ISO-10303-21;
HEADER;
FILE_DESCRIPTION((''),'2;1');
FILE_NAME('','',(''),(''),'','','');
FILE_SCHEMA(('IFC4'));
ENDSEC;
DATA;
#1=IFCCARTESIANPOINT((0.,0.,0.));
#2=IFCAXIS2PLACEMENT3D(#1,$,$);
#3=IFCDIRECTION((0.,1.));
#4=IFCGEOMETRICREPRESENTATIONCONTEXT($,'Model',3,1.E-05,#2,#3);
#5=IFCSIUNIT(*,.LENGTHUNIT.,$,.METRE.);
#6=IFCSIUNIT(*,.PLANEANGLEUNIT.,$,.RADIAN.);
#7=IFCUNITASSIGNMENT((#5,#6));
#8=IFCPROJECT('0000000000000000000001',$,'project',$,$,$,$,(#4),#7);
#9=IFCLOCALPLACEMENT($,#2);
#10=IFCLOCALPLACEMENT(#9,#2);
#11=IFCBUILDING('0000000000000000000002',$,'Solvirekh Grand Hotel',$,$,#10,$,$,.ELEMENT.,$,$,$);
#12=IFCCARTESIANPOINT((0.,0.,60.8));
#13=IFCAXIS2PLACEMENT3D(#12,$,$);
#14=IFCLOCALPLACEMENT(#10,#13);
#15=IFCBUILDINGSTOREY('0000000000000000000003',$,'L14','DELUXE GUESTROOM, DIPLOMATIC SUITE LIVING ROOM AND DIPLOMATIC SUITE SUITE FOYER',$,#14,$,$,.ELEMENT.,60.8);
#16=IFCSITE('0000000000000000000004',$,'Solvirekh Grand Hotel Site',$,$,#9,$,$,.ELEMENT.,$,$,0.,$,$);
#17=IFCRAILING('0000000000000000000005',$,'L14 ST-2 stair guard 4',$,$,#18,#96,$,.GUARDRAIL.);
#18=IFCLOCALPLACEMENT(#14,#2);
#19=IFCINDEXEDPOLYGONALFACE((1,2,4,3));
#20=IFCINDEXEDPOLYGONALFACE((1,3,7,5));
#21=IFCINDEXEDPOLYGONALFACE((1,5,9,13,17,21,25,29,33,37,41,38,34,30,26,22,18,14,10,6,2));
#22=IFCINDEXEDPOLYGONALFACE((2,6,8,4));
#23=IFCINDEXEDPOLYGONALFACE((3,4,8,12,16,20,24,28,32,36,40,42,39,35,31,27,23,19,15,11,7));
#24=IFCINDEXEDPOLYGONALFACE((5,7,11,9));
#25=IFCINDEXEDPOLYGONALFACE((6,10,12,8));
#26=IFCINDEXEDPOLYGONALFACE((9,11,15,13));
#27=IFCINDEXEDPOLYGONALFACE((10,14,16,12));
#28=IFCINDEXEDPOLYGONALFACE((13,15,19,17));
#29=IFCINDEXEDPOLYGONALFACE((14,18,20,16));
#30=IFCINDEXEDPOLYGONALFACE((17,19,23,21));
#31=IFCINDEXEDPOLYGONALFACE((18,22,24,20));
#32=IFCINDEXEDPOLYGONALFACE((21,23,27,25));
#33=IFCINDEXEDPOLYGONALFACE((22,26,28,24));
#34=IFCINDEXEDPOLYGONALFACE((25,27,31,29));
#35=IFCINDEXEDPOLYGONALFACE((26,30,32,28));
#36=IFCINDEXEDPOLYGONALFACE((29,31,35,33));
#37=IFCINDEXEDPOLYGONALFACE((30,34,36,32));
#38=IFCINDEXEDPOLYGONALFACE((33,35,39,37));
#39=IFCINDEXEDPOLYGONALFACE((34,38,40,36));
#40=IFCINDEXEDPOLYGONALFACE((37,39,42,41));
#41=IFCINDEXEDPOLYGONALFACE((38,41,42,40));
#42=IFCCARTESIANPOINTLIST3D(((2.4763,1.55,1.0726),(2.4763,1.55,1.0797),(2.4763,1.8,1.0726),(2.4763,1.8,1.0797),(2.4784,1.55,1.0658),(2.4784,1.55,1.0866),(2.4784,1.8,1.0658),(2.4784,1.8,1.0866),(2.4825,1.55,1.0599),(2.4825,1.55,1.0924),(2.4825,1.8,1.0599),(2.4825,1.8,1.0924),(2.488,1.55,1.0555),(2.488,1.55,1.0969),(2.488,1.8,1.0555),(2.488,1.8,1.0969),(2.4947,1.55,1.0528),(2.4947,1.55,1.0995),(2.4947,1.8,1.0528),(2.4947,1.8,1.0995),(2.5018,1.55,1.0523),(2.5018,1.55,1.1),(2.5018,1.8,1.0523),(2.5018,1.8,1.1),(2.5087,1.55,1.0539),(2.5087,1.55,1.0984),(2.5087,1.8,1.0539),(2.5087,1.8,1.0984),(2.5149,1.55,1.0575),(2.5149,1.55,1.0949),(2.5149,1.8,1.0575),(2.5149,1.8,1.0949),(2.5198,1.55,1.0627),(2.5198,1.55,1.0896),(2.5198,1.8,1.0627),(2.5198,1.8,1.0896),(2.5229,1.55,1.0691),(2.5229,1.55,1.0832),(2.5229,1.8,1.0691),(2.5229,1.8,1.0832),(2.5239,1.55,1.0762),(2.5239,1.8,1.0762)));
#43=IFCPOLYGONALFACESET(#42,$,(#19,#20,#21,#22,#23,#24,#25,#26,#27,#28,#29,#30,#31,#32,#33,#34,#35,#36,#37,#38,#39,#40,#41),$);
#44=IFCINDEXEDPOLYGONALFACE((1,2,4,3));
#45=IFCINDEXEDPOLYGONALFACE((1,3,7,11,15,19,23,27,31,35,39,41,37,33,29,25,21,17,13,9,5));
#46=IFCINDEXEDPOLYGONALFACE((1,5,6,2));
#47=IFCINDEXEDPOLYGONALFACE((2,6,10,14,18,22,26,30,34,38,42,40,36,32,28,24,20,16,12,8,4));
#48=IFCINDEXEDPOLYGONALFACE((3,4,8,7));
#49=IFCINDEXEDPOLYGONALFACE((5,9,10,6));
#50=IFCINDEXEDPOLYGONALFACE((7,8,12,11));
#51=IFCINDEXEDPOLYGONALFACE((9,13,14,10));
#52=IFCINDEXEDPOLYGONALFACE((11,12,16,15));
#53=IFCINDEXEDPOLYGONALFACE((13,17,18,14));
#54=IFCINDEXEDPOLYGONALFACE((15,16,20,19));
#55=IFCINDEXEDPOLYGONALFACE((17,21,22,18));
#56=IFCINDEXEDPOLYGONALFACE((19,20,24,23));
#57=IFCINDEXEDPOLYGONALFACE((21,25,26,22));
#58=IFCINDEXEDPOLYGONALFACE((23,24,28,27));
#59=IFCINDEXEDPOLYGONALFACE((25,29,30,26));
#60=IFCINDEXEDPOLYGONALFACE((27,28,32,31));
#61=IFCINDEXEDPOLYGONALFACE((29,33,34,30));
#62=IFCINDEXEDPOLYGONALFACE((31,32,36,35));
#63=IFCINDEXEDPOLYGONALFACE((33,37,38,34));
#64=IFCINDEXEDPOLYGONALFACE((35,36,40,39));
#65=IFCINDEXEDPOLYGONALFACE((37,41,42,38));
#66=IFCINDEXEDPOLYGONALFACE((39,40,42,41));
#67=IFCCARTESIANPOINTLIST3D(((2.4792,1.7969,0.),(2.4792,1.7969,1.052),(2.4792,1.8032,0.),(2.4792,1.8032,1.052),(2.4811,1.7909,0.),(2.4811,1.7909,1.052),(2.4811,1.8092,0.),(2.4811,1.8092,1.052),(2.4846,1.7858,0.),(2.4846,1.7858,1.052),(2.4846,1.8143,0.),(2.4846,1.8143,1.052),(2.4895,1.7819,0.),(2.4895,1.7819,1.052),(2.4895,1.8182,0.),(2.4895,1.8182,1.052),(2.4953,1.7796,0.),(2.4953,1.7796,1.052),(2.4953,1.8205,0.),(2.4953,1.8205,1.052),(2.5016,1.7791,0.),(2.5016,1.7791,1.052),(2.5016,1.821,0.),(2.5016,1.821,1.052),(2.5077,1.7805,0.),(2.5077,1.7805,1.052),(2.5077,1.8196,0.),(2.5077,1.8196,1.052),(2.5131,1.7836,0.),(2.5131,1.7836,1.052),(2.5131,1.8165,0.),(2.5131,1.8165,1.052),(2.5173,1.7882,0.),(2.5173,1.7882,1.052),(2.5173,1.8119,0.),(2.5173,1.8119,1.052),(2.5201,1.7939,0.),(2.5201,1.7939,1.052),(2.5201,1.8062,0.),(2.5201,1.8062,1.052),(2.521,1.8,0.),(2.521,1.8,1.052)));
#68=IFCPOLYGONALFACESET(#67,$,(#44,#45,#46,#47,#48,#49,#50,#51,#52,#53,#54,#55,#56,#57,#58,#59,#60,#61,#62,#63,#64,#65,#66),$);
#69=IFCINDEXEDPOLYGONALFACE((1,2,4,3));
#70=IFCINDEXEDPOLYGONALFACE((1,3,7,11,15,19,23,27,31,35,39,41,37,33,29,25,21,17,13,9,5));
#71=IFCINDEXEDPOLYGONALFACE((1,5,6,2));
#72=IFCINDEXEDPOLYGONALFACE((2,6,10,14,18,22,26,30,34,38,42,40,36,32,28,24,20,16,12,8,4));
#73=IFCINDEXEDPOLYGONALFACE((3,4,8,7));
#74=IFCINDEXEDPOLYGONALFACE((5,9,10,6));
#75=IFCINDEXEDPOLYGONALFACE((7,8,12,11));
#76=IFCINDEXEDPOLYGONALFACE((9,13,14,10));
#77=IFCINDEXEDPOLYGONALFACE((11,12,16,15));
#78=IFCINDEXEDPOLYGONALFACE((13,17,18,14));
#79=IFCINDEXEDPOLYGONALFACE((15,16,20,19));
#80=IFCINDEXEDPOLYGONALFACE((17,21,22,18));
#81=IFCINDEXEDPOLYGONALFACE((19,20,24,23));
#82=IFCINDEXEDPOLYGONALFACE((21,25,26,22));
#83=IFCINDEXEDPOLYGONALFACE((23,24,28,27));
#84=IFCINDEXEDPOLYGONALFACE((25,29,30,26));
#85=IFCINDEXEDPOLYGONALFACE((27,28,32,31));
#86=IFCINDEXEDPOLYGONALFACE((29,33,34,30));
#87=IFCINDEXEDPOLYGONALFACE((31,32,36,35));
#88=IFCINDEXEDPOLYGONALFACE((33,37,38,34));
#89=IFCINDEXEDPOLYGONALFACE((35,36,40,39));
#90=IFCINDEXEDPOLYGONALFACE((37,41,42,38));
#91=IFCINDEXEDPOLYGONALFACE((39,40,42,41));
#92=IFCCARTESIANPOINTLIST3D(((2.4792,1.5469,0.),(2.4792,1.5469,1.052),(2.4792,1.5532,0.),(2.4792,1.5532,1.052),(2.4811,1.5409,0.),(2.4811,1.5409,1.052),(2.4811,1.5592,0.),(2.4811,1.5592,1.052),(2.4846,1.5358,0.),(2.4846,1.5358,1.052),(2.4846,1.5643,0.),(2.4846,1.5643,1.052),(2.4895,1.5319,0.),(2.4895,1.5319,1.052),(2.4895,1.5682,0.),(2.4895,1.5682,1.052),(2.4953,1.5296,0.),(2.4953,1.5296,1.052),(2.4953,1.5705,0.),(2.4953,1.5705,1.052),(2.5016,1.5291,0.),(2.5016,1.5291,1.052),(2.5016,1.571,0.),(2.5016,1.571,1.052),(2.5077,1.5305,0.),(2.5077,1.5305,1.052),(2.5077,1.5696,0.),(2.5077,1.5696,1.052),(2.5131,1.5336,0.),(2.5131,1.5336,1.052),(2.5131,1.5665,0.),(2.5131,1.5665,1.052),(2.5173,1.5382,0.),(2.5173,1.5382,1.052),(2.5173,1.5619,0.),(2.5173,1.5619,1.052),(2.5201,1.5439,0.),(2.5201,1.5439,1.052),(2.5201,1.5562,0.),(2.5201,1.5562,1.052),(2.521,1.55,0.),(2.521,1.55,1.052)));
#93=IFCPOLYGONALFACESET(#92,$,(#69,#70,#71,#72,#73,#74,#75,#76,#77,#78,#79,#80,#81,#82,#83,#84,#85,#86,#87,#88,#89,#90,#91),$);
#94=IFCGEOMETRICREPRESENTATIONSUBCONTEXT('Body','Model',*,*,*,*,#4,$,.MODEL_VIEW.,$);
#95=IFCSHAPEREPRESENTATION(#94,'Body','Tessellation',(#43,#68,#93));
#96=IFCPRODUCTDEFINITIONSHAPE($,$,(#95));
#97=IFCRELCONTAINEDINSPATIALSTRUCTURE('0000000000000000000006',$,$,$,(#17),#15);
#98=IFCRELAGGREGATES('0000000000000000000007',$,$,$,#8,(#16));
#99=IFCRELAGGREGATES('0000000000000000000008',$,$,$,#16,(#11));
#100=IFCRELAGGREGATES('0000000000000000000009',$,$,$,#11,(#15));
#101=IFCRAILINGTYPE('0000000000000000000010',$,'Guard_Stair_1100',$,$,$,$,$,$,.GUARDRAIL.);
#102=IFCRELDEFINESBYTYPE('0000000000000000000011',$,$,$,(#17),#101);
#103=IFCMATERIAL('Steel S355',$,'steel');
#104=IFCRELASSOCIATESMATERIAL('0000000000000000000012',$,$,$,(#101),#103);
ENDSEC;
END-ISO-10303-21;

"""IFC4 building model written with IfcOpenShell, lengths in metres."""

from ifc_helpers import new_model, si_unit, direction, frame, origin, origin_2d, place, context, subcontext, project, spatial, circle, extrude, material, type_object, element, save


model = new_model("IFC4")

# Units and contexts
model_context = context("Model", 3, precision=1e-05, world=origin(), true_north=direction((0.0, 1.0)))
body_context = subcontext(model_context, "Body", "Model", "MODEL_VIEW")
ifc_project = project(units=[si_unit("LENGTHUNIT", "METRE"), si_unit("PLANEANGLEUNIT", "RADIAN")], contexts=[model_context])

# Site, building, storey
site_placement = place(None, origin())
site = spatial("IfcSite", under=ifc_project, at=site_placement, Name="Solvirekh Grand Hotel Site", CompositionType="ELEMENT", RefElevation=0.0)
building_placement = place(site_placement, origin())
building = spatial("IfcBuilding", under=site, at=building_placement, Name="Solvirekh Grand Hotel", CompositionType="ELEMENT")
storey_placement = place(building_placement, frame((0.0, 0.0, 60.8)))
storey = spatial("IfcBuildingStorey", under=building, at=storey_placement, Name="L14", Description="DELUXE GUESTROOM, DIPLOMATIC SUITE LIVING ROOM AND DIPLOMATIC SUITE SUITE FOYER", CompositionType="ELEMENT", Elevation=60.8)

# Shared definitions
ifc_material_1 = material(Name="Steel S355", Category="steel")

# Railing
railing_type_1 = type_object("IfcRailingType", Name="Guard_Stair_1100", PredefinedType="GUARDRAIL", material=ifc_material_1)
railing_1_placement = place(storey_placement, frame((2.5, 1.8, 0.0)))
element("IfcRailing", 1, at=railing_1_placement, inside=storey, type_object=railing_type_1, Name="L14 ST-2 stair guard 4", PredefinedType="GUARDRAIL", context=body_context, shape_type="SweptSolid", body=[
    extrude(circle(Radius=0.0239, at=origin_2d()), frame((0.0, 0.0, 1.0762), z_axis=(0.0, -1.0, 0.0), x_axis=(1.0, 0.0, 0.0)), (0.0, 0.0, 1.0), 0.25),
    extrude(circle(Radius=0.021, at=origin_2d()), origin(), (0.0, 0.0, 1.0), 1.052),
    extrude(circle(Radius=0.021, at=origin_2d()), frame((0.0, -0.25, 0.0)), (0.0, 0.0, 1.0), 1.052),
])

save(model, "model.ifc")
